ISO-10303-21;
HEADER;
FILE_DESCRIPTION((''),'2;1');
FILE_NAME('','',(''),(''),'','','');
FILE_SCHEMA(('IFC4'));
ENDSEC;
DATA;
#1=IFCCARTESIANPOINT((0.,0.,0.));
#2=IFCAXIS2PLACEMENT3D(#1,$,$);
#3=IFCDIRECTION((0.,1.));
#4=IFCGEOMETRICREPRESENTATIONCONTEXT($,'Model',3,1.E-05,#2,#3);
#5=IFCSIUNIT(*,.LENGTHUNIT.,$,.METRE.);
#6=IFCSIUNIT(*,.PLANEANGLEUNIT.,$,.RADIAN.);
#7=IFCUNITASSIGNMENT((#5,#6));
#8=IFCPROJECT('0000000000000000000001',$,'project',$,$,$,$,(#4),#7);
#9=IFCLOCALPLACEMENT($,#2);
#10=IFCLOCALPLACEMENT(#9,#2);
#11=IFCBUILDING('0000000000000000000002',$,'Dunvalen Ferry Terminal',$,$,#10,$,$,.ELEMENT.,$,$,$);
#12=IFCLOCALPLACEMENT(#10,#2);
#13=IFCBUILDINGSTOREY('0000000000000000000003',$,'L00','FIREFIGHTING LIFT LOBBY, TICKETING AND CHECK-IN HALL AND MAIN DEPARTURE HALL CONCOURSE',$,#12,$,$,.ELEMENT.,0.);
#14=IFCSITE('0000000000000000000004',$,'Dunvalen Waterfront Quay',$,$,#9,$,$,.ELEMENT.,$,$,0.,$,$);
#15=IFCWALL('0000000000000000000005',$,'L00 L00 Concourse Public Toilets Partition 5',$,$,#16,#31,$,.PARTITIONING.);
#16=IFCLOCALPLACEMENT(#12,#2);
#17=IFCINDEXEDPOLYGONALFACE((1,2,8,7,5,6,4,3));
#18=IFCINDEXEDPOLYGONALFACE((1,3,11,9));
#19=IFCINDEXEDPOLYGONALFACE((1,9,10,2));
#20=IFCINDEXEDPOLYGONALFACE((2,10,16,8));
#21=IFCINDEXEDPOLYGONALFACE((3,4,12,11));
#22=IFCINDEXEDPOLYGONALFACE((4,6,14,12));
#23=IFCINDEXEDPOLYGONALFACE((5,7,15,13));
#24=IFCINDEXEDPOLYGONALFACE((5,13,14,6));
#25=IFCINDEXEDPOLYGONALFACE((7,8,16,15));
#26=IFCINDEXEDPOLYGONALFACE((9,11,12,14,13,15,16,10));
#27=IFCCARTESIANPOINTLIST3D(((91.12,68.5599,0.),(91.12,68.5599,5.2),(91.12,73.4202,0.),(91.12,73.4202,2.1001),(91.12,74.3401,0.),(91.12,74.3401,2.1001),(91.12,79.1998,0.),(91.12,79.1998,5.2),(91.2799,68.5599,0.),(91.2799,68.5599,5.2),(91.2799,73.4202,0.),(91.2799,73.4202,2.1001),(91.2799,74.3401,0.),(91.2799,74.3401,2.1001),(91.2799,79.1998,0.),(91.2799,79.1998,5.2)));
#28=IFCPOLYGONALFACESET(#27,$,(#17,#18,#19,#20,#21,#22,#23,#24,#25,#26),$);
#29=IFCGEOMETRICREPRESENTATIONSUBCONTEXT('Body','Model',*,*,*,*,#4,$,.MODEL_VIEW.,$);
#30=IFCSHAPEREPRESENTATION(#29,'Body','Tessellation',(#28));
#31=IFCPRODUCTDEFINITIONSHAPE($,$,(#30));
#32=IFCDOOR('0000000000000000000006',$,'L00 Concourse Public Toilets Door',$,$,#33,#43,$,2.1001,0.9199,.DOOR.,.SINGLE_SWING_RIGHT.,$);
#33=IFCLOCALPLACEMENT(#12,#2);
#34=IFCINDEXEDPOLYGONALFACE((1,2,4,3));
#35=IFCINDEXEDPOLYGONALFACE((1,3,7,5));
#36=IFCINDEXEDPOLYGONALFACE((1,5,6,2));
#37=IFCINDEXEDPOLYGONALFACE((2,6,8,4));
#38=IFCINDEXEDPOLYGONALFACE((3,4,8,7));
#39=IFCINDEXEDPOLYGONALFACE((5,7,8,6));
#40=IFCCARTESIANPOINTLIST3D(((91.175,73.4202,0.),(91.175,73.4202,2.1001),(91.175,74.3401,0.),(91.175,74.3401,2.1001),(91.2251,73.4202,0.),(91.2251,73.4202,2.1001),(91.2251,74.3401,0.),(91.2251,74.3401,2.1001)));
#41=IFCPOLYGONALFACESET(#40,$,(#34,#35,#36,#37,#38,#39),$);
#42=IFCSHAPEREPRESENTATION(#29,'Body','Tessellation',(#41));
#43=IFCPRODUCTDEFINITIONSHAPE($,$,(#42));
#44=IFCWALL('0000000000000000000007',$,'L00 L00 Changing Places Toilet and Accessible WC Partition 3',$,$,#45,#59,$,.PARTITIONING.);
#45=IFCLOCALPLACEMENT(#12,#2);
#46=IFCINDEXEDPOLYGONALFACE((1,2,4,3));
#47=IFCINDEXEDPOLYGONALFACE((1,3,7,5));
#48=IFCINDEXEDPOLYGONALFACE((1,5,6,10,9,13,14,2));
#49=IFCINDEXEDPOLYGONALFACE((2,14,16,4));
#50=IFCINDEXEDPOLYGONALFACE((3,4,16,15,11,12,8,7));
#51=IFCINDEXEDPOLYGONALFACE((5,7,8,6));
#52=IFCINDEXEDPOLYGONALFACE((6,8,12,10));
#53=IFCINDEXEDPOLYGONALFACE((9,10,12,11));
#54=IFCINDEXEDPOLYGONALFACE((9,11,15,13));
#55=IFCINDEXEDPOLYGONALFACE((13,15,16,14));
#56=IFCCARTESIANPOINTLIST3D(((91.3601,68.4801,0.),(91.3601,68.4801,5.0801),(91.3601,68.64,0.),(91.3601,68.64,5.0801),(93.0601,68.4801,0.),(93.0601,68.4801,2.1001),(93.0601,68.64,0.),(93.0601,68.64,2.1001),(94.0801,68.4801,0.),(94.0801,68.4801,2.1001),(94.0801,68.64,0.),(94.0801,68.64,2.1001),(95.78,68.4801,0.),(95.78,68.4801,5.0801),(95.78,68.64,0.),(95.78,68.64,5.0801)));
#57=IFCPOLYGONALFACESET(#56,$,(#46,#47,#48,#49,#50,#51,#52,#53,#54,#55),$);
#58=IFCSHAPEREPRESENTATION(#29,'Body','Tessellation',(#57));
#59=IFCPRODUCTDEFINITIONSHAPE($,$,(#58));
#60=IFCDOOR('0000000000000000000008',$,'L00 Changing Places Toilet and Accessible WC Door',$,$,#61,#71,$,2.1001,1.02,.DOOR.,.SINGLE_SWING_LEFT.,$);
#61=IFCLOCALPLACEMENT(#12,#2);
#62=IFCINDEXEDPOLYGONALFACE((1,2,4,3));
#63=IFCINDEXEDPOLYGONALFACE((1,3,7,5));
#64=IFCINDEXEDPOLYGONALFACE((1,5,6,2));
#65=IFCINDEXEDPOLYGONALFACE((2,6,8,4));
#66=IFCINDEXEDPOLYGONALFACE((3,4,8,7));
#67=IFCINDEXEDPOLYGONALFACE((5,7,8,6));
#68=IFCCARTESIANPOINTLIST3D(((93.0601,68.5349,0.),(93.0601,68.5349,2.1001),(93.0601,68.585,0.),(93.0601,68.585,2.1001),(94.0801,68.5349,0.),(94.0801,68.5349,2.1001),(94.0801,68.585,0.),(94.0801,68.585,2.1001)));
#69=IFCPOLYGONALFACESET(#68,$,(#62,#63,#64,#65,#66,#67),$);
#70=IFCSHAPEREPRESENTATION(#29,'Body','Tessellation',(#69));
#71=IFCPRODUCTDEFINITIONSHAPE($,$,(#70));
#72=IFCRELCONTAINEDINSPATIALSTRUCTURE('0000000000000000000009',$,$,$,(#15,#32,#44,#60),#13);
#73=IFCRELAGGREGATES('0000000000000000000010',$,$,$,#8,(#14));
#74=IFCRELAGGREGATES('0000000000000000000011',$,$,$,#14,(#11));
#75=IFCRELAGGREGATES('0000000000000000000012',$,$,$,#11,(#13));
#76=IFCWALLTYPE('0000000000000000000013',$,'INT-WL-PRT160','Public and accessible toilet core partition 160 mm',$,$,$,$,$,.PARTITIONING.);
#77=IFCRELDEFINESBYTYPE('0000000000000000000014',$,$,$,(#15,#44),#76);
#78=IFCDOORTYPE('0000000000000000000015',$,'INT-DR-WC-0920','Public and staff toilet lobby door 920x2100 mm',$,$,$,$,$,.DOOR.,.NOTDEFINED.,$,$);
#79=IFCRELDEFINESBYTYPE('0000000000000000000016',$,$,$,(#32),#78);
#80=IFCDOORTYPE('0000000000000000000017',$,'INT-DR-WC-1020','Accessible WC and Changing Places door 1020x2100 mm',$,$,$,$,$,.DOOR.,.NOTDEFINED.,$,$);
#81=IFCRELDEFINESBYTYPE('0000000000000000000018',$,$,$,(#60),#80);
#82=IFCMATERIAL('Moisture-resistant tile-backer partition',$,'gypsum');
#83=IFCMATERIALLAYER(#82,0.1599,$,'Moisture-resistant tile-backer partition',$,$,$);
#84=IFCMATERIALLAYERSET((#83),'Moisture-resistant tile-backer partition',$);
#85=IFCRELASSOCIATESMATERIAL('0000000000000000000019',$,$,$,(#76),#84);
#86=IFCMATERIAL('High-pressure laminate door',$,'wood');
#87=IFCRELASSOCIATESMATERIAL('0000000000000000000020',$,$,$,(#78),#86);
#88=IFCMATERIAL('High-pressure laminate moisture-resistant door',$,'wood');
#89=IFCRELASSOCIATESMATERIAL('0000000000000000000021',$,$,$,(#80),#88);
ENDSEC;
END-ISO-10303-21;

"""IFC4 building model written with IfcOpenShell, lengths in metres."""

from ifc_helpers import new_model, si_unit, direction, frame, frame_2d, origin, place, context, subcontext, project, spatial, rectangle, extrude, material, layer, layer_set, type_object, element, fill, save


model = new_model("IFC4")

# Units and contexts
model_context = context("Model", 3, precision=1e-05, world=origin(), true_north=direction((0.0, 1.0)))
body_context = subcontext(model_context, "Body", "Model", "MODEL_VIEW")
ifc_project = project(units=[si_unit("LENGTHUNIT", "METRE"), si_unit("PLANEANGLEUNIT", "RADIAN")], contexts=[model_context])

# Site, building, storey
site_placement = place(None, origin())
site = spatial("IfcSite", under=ifc_project, at=site_placement, Name="Dunvalen Waterfront Quay", CompositionType="ELEMENT", RefElevation=0.0)
building_placement = place(site_placement, origin())
building = spatial("IfcBuilding", under=site, at=building_placement, Name="Dunvalen Ferry Terminal", CompositionType="ELEMENT")
storey_placement = place(building_placement, origin())
storey = spatial("IfcBuildingStorey", under=building, at=storey_placement, Name="L00", Description="FIREFIGHTING LIFT LOBBY, TICKETING AND CHECK-IN HALL AND MAIN DEPARTURE HALL CONCOURSE", CompositionType="ELEMENT", Elevation=0.0)

# Walls, openings, doors
ifc_material_1 = material(Name="Moisture-resistant tile-backer partition", Category="gypsum")
ifc_layer_1 = layer(ifc_material_1, 0.1599, Name="Moisture-resistant tile-backer partition")
ifc_layer_set_1 = layer_set([ifc_layer_1], Name="Moisture-resistant tile-backer partition")
wall_type = type_object("IfcWallType", Name="INT-WL-PRT160", Description="Public and accessible toilet core partition 160 mm", PredefinedType="PARTITIONING", material=ifc_layer_set_1)
wall_1_placement = place(storey_placement, frame((91.2, 68.5601, 0.0), z_axis=(0.0, 0.0, 1.0), x_axis=(0.0, 1.0, 0.0)))
wall_1 = element("IfcWall", 1, at=wall_1_placement, inside=storey, type_object=wall_type, Name="L00 L00 Concourse Public Toilets Partition 5", PredefinedType="PARTITIONING", context=body_context, shape_type="SweptSolid", body=[
    extrude(rectangle(XDim=10.6399, YDim=0.1599, at=frame_2d((5.3198, 0.0))), origin(), (0.0, 0.0, 1.0), 5.2),
])
opening_1_placement = place(wall_1_placement, frame((4.8601, 0.0, 0.0)))
opening_1 = element("IfcOpeningElement", 2, at=opening_1_placement, cuts=wall_1, PredefinedType="OPENING", context=body_context, shape_type="SweptSolid", body=[
    extrude(rectangle(XDim=0.9199, YDim=2.1001, at=frame_2d((0.46, 1.05))), frame((0.0, 0.0898, 0.0), z_axis=(0.0, -1.0, 0.0), x_axis=(1.0, 0.0, 0.0)), (0.0, 0.0, 1.0), 0.1799),
])
ifc_material_2 = material(Name="High-pressure laminate door", Category="wood")
door_type_1 = type_object("IfcDoorType", Name="INT-DR-WC-0920", Description="Public and staff toilet lobby door 920x2100 mm", OperationType="NOTDEFINED", PredefinedType="DOOR", material=ifc_material_2)
door_1_placement = place(opening_1_placement, origin())
door_1 = element("IfcDoor", 3, at=door_1_placement, inside=storey, type_object=door_type_1, Name="L00 Concourse Public Toilets Door", OperationType="SINGLE_SWING_RIGHT", OverallHeight=2.1001, OverallWidth=0.9199, PredefinedType="DOOR", context=body_context, shape_type="SweptSolid", body=[
    extrude(rectangle(XDim=0.9199, YDim=2.1001, at=frame_2d((0.46, 1.05))), frame((0.0, 0.0249, 0.0), z_axis=(0.0, -1.0, 0.0), x_axis=(1.0, 0.0, 0.0)), (0.0, 0.0, 1.0), 0.05),
])
fill(opening_1, door_1)
wall_2_placement = place(storey_placement, frame((91.3601, 68.5601, 0.0), z_axis=(0.0, 0.0, 1.0), x_axis=(1.0, 0.0, 0.0)))
wall_2 = element("IfcWall", 4, at=wall_2_placement, inside=storey, type_object=wall_type, Name="L00 L00 Changing Places Toilet and Accessible WC Partition 3", PredefinedType="PARTITIONING", context=body_context, shape_type="SweptSolid", body=[
    extrude(rectangle(XDim=4.4199, YDim=0.1599, at=frame_2d((2.21, 0.0))), origin(), (0.0, 0.0, 1.0), 5.0801),
])
opening_2_placement = place(wall_2_placement, frame((1.7, 0.0, 0.0)))
opening_2 = element("IfcOpeningElement", 5, at=opening_2_placement, cuts=wall_2, PredefinedType="OPENING", context=body_context, shape_type="SweptSolid", body=[
    extrude(rectangle(XDim=1.02, YDim=2.1001, at=frame_2d((0.51, 1.05))), frame((0.0, 0.0898, 0.0), z_axis=(0.0, -1.0, 0.0), x_axis=(1.0, 0.0, 0.0)), (0.0, 0.0, 1.0), 0.1799),
])
ifc_material_3 = material(Name="High-pressure laminate moisture-resistant door", Category="wood")
door_type_2 = type_object("IfcDoorType", Name="INT-DR-WC-1020", Description="Accessible WC and Changing Places door 1020x2100 mm", OperationType="NOTDEFINED", PredefinedType="DOOR", material=ifc_material_3)
door_2_placement = place(opening_2_placement, origin())
door_2 = element("IfcDoor", 6, at=door_2_placement, inside=storey, type_object=door_type_2, Name="L00 Changing Places Toilet and Accessible WC Door", OperationType="SINGLE_SWING_LEFT", OverallHeight=2.1001, OverallWidth=1.02, PredefinedType="DOOR", context=body_context, shape_type="SweptSolid", body=[
    extrude(rectangle(XDim=1.02, YDim=2.1001, at=frame_2d((0.51, 1.05))), frame((0.0, 0.0249, 0.0), z_axis=(0.0, -1.0, 0.0), x_axis=(1.0, 0.0, 0.0)), (0.0, 0.0, 1.0), 0.05),
])
fill(opening_2, door_2)

save(model, "model.ifc")
